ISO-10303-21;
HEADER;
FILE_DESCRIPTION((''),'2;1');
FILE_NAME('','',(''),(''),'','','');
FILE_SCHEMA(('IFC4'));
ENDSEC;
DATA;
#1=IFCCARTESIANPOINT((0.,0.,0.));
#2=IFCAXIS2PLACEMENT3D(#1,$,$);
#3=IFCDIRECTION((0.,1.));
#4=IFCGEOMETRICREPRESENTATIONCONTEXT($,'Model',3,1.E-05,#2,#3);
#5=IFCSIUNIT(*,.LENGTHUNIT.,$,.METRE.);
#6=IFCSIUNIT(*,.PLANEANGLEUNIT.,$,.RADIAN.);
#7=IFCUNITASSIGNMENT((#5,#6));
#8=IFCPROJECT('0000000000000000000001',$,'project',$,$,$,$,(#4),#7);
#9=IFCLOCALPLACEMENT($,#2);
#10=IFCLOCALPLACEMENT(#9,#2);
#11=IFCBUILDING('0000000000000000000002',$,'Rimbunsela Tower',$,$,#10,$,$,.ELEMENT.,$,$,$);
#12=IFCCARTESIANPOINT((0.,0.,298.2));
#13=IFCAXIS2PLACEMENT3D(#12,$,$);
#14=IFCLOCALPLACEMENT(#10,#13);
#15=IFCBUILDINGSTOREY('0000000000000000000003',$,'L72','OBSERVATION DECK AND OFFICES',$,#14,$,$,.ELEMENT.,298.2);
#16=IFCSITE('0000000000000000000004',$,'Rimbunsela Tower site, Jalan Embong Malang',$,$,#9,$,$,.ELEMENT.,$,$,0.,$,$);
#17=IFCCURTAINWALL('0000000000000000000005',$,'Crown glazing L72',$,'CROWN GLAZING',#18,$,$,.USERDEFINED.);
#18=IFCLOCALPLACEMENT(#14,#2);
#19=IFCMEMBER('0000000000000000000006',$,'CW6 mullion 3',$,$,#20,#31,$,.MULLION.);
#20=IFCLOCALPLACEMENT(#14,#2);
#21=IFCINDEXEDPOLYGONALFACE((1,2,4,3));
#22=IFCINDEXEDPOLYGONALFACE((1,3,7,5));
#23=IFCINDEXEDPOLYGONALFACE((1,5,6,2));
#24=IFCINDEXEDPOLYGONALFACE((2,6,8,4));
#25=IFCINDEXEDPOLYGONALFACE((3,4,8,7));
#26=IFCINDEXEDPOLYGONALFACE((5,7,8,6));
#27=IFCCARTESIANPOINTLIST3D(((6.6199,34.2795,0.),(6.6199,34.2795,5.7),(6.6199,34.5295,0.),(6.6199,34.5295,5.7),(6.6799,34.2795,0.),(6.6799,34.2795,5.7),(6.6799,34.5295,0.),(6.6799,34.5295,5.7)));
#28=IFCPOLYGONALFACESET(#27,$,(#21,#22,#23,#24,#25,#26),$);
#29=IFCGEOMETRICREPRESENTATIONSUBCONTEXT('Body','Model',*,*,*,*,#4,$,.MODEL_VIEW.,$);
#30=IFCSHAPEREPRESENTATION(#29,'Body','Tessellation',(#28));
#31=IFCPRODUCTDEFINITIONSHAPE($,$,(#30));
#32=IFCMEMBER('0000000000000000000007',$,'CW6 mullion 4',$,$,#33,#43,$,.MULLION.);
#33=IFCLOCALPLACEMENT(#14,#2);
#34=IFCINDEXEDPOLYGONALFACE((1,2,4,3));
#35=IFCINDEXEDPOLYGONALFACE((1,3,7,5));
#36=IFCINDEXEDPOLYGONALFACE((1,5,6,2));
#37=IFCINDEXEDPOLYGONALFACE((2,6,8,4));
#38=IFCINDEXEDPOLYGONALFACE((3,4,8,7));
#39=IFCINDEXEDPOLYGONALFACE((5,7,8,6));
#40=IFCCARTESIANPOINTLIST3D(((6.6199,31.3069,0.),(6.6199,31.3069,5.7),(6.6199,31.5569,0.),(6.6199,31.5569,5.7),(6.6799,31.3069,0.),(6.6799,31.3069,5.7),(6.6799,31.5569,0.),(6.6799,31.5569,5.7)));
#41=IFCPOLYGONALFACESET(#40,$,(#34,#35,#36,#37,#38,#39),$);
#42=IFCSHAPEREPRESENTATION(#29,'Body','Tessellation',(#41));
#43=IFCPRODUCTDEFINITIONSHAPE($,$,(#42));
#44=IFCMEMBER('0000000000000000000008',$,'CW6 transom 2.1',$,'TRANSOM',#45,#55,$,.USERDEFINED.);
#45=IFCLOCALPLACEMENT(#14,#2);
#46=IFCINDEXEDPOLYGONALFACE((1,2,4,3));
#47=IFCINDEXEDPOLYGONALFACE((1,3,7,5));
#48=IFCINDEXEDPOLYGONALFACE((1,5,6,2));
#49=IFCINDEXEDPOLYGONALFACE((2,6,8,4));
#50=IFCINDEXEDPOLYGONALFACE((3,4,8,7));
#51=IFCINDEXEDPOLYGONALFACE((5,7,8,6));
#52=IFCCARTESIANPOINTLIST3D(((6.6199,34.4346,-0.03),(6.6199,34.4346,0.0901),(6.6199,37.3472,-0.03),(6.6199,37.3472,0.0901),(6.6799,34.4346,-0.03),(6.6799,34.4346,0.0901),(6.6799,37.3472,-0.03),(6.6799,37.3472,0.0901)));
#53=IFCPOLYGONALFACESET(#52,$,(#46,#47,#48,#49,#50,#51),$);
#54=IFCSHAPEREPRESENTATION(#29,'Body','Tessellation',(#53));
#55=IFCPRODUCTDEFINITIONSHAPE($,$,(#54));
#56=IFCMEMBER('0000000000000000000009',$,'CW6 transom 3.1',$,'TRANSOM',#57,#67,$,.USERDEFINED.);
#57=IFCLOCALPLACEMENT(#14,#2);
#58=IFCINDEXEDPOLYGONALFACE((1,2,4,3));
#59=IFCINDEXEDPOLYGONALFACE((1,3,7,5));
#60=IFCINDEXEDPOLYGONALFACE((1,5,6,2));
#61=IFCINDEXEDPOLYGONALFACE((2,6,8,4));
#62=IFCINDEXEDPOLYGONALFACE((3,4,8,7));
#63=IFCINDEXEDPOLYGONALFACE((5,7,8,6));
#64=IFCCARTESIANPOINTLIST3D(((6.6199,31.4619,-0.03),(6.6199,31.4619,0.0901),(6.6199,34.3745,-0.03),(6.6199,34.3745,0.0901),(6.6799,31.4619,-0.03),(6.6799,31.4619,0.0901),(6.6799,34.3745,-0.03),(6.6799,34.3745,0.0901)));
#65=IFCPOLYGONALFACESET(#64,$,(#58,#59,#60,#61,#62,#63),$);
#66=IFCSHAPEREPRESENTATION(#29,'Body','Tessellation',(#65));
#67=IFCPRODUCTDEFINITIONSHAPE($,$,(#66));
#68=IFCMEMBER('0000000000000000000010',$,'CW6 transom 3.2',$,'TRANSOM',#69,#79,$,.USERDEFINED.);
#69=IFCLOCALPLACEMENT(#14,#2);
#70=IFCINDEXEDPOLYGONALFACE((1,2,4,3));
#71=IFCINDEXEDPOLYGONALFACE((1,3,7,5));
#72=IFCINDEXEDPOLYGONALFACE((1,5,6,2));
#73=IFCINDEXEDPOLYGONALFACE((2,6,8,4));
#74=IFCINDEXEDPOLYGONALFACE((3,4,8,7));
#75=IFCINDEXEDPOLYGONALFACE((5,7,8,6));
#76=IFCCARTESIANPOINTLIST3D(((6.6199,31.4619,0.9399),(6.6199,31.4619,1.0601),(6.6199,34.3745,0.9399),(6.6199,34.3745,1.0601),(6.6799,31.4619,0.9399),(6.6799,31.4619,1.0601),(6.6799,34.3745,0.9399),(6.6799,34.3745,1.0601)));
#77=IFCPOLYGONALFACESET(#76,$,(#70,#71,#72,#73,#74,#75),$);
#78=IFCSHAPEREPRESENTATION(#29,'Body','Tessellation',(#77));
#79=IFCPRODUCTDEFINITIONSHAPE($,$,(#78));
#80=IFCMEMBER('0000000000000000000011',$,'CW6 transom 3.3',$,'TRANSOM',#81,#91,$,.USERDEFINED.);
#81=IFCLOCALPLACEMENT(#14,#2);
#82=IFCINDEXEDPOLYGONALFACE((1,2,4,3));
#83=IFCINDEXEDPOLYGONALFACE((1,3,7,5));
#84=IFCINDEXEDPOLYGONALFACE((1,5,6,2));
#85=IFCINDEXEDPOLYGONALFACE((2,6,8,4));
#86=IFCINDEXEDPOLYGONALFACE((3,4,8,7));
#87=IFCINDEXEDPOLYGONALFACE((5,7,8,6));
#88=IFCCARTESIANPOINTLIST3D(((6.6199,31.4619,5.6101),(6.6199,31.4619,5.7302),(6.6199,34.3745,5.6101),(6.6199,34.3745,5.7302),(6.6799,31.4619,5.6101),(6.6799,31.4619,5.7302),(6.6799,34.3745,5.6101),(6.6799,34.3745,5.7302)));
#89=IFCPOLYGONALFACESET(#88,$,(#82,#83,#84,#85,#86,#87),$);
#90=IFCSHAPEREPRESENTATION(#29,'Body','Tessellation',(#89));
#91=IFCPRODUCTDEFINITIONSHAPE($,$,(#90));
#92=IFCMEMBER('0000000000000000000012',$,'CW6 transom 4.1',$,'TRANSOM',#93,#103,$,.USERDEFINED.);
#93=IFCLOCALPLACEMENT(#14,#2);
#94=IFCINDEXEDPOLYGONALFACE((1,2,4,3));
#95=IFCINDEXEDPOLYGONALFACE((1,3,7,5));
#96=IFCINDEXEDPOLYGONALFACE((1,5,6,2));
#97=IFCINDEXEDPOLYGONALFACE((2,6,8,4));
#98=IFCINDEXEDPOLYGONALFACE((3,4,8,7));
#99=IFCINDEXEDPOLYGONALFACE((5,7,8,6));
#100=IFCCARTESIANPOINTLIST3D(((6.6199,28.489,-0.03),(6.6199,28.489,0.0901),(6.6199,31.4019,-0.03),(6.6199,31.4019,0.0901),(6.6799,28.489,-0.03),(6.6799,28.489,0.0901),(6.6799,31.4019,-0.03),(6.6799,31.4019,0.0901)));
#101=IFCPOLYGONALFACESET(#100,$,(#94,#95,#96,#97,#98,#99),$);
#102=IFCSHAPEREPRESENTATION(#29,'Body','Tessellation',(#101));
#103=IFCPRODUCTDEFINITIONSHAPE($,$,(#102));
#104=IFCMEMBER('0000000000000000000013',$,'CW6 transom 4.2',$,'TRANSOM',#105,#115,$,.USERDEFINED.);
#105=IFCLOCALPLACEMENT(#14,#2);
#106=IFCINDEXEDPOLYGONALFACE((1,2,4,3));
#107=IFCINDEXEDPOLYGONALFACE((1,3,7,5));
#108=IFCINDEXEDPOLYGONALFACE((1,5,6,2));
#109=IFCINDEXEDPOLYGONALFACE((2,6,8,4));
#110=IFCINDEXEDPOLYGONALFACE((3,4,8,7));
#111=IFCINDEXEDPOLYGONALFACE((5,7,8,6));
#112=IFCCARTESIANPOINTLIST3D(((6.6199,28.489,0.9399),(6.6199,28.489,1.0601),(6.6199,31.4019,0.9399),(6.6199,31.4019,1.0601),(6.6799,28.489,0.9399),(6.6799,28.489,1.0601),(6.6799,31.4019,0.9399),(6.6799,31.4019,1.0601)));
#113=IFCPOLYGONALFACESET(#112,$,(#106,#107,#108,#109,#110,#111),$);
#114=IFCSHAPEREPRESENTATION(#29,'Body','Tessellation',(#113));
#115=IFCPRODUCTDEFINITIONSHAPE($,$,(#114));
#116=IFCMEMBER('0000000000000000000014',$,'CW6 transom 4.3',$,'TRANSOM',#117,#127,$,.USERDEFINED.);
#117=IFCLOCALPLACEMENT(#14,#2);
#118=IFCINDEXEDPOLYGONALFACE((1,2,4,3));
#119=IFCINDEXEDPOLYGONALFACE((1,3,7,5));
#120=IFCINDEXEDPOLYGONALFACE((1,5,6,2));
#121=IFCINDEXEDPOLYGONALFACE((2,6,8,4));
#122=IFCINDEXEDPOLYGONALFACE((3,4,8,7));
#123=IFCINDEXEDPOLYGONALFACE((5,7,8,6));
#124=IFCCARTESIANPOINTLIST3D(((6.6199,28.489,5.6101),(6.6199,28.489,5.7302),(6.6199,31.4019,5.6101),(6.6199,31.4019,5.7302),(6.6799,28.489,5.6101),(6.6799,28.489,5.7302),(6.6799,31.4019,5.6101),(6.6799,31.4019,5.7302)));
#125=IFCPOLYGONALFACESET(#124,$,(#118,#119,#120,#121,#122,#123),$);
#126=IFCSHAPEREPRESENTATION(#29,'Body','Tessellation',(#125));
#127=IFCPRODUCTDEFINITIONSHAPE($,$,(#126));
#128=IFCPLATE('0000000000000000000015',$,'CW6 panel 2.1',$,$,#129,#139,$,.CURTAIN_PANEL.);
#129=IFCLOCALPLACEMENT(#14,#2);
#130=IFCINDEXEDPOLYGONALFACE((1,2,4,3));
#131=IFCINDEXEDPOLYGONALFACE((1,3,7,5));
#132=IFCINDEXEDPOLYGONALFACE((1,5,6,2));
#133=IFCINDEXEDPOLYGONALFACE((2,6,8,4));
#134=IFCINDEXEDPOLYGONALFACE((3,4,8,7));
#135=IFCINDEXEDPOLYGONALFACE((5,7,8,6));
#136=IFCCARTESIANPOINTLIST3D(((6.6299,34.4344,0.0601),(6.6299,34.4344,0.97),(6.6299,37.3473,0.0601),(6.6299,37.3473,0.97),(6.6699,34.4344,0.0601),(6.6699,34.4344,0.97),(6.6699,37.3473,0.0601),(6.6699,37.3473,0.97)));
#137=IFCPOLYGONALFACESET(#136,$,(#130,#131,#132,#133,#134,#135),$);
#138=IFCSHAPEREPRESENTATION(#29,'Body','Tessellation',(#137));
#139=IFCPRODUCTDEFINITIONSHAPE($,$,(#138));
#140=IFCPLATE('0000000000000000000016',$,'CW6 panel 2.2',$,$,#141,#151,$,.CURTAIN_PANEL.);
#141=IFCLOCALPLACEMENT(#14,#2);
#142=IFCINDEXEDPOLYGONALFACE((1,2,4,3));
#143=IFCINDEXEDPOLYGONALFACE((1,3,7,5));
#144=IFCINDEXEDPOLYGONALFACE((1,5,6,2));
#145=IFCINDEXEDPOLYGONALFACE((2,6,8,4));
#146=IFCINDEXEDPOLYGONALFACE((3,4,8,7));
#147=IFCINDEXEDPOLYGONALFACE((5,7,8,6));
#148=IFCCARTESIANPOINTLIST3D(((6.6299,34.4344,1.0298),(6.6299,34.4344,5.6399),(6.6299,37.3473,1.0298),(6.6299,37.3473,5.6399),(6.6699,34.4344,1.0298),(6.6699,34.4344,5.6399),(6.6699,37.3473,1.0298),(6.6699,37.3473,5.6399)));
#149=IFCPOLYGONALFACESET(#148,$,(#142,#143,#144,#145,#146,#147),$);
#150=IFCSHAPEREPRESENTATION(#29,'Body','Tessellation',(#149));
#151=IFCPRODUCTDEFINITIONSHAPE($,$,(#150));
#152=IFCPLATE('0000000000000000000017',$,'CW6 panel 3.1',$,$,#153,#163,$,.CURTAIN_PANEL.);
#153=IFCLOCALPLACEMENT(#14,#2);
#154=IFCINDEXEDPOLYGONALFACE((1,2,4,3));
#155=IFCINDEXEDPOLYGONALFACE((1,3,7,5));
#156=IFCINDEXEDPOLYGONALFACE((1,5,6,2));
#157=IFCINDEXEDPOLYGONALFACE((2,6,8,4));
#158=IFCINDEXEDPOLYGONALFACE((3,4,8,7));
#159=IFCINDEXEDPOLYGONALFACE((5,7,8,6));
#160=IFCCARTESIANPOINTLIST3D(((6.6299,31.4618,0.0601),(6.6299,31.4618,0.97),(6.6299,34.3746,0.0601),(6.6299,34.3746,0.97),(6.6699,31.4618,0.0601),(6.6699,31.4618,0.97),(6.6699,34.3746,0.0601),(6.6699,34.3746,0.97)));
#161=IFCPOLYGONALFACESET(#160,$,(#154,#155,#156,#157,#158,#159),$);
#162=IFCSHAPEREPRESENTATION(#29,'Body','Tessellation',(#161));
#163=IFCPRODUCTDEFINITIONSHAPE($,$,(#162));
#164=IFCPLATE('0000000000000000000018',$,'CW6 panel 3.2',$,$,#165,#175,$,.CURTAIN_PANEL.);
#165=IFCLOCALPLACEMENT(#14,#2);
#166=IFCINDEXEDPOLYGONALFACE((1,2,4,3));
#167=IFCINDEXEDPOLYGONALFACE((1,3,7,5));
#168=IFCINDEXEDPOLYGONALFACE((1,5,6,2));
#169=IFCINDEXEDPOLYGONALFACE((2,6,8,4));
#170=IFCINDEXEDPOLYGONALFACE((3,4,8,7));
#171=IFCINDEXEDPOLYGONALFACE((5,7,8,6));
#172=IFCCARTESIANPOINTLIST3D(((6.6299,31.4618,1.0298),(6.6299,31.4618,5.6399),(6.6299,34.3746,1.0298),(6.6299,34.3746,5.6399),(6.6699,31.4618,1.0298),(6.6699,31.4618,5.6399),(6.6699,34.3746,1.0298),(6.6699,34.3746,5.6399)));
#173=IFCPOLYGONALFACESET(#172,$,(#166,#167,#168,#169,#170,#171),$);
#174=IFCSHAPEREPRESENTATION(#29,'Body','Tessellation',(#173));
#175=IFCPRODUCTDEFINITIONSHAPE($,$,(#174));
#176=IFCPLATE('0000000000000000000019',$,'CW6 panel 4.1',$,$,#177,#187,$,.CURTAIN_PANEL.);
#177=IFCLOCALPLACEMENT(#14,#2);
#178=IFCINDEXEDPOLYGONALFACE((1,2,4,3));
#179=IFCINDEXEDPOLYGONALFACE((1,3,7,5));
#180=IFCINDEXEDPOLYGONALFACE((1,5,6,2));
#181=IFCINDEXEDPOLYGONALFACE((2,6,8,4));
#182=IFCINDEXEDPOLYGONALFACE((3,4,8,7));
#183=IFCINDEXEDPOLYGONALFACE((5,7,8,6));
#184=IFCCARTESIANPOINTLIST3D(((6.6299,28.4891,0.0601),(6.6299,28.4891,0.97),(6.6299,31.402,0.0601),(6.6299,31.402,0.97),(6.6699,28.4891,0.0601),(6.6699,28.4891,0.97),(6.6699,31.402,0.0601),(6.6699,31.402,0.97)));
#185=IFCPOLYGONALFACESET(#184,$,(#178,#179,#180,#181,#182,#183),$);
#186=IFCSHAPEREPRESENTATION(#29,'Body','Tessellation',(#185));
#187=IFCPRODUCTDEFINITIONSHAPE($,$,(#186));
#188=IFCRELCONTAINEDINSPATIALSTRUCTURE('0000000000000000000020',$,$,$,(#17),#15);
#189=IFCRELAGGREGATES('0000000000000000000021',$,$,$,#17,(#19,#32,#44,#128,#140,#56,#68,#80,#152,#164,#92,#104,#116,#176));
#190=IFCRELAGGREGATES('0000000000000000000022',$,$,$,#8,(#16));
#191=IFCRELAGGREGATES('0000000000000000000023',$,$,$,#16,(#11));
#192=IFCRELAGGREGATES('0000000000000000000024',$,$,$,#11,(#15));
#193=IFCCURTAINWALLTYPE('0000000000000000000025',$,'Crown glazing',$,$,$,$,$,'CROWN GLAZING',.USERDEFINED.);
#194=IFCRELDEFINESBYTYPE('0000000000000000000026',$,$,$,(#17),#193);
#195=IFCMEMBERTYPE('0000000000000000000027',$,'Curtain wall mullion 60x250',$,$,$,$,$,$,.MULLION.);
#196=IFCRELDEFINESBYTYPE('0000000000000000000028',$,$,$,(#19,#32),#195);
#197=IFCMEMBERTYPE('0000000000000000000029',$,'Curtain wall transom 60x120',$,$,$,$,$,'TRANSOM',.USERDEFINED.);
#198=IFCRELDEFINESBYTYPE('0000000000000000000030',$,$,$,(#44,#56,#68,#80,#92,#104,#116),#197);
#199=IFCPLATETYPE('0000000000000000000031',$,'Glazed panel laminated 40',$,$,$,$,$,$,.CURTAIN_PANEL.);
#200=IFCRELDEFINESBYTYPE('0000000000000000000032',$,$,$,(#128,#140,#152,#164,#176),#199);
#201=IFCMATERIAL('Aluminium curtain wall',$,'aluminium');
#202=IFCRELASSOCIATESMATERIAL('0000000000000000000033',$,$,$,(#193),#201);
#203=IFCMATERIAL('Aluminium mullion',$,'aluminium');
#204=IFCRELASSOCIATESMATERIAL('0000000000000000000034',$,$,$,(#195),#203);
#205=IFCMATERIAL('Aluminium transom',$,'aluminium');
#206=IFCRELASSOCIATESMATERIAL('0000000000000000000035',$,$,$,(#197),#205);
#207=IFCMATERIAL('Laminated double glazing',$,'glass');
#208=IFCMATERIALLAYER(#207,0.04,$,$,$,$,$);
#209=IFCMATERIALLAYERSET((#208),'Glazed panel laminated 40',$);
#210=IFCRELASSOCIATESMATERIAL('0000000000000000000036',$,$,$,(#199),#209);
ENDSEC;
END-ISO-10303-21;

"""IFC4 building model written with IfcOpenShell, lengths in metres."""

from ifc_helpers import new_model, si_unit, direction, frame, origin, origin_2d, place, context, subcontext, project, spatial, rectangle, extrude, material, layer, layer_set, material_profile, profile_set, type_object, element, aggregate, save


model = new_model("IFC4")

# Units and contexts
model_context = context("Model", 3, precision=1e-05, world=origin(), true_north=direction((0.0, 1.0)))
body_context = subcontext(model_context, "Body", "Model", "MODEL_VIEW")
ifc_project = project(units=[si_unit("LENGTHUNIT", "METRE"), si_unit("PLANEANGLEUNIT", "RADIAN")], contexts=[model_context])

# Site, building, storey
site_placement = place(None, origin())
site = spatial("IfcSite", under=ifc_project, at=site_placement, Name="Rimbunsela Tower site, Jalan Embong Malang", CompositionType="ELEMENT", RefElevation=0.0)
building_placement = place(site_placement, origin())
building = spatial("IfcBuilding", under=site, at=building_placement, Name="Rimbunsela Tower", CompositionType="ELEMENT")
storey_placement = place(building_placement, frame((0.0, 0.0, 298.2)))
storey = spatial("IfcBuildingStorey", under=building, at=storey_placement, Name="L72", Description="OBSERVATION DECK AND OFFICES", CompositionType="ELEMENT", Elevation=298.2)

# Curtain wall, members, plates
ifc_material_1 = material(Name="Aluminium curtain wall", Category="aluminium")
curtain_wall_type = type_object("IfcCurtainWallType", Name="Crown glazing", ElementType="CROWN GLAZING", PredefinedType="USERDEFINED", material=ifc_material_1)
curtain_wall_placement = place(storey_placement, origin())
curtain_wall = element("IfcCurtainWall", 1, at=curtain_wall_placement, inside=storey, type_object=curtain_wall_type, Name="Crown glazing L72", ObjectType="CROWN GLAZING", PredefinedType="USERDEFINED")
ifc_material_2 = material(Name="Aluminium mullion", Category="aluminium")
ifc_material_profile_1 = material_profile(ifc_material_2, rectangle(XDim=0.0601, YDim=0.25, at=origin_2d()), Name="Mullion 60x250")
ifc_profile_set_1 = profile_set([ifc_material_profile_1], Name="Aluminium mullion")
member_type_1 = type_object("IfcMemberType", Name="Curtain wall mullion 60x250", PredefinedType="MULLION", material=ifc_profile_set_1)
member_1_placement = place(storey_placement, frame((6.6499, 34.4045, 0.0), z_axis=(0.0, 0.0, 1.0), x_axis=(1.0, 0.0, 0.0)))
member_1 = element("IfcMember", 2, at=member_1_placement, type_object=member_type_1, Name="CW6 mullion 3", PredefinedType="MULLION", context=body_context, shape_type="SweptSolid", body=[
    extrude(rectangle(XDim=0.0601, YDim=0.25, at=origin_2d()), origin(), (0.0, 0.0, 1.0), 5.7),
])
member_2_placement = place(storey_placement, frame((6.6499, 31.4319, 0.0), z_axis=(0.0, 0.0, 1.0), x_axis=(1.0, 0.0, 0.0)))
member_2 = element("IfcMember", 3, at=member_2_placement, type_object=member_type_1, Name="CW6 mullion 4", PredefinedType="MULLION", context=body_context, shape_type="SweptSolid", body=[
    extrude(rectangle(XDim=0.0601, YDim=0.25, at=origin_2d()), origin(), (0.0, 0.0, 1.0), 5.7),
])
ifc_material_3 = material(Name="Aluminium transom", Category="aluminium")
ifc_material_profile_2 = material_profile(ifc_material_3, rectangle(XDim=0.0601, YDim=0.1201, at=origin_2d()), Name="Transom 60x120")
ifc_profile_set_2 = profile_set([ifc_material_profile_2], Name="Aluminium transom")
member_type_2 = type_object("IfcMemberType", Name="Curtain wall transom 60x120", ElementType="TRANSOM", PredefinedType="USERDEFINED", material=ifc_profile_set_2)
member_3_placement = place(storey_placement, frame((6.6499, 37.3472, 0.03), z_axis=(0.0, -1.0, 0.0), x_axis=(1.0, 0.0, 0.0)))
member_3 = element("IfcMember", 4, at=member_3_placement, type_object=member_type_2, Name="CW6 transom 2.1", ObjectType="TRANSOM", PredefinedType="USERDEFINED", context=body_context, shape_type="SweptSolid", body=[
    extrude(rectangle(XDim=0.0601, YDim=0.1201, at=origin_2d()), origin(), (0.0, 0.0, 1.0), 2.9126),
])
member_4_placement = place(storey_placement, frame((6.6499, 34.3745, 0.03), z_axis=(0.0, -1.0, 0.0), x_axis=(1.0, 0.0, 0.0)))
member_4 = element("IfcMember", 5, at=member_4_placement, type_object=member_type_2, Name="CW6 transom 3.1", ObjectType="TRANSOM", PredefinedType="USERDEFINED", context=body_context, shape_type="SweptSolid", body=[
    extrude(rectangle(XDim=0.0601, YDim=0.1201, at=origin_2d()), origin(), (0.0, 0.0, 1.0), 2.9126),
])
member_5_placement = place(storey_placement, frame((6.6499, 34.3745, 1.0), z_axis=(0.0, -1.0, 0.0), x_axis=(1.0, 0.0, 0.0)))
member_5 = element("IfcMember", 6, at=member_5_placement, type_object=member_type_2, Name="CW6 transom 3.2", ObjectType="TRANSOM", PredefinedType="USERDEFINED", context=body_context, shape_type="SweptSolid", body=[
    extrude(rectangle(XDim=0.0601, YDim=0.1201, at=origin_2d()), origin(), (0.0, 0.0, 1.0), 2.9126),
])
member_6_placement = place(storey_placement, frame((6.6499, 34.3745, 5.6702), z_axis=(0.0, -1.0, 0.0), x_axis=(1.0, 0.0, 0.0)))
member_6 = element("IfcMember", 7, at=member_6_placement, type_object=member_type_2, Name="CW6 transom 3.3", ObjectType="TRANSOM", PredefinedType="USERDEFINED", context=body_context, shape_type="SweptSolid", body=[
    extrude(rectangle(XDim=0.0601, YDim=0.1201, at=origin_2d()), origin(), (0.0, 0.0, 1.0), 2.9126),
])
member_7_placement = place(storey_placement, frame((6.6499, 31.4019, 0.03), z_axis=(0.0, -1.0, 0.0), x_axis=(1.0, 0.0, 0.0)))
member_7 = element("IfcMember", 8, at=member_7_placement, type_object=member_type_2, Name="CW6 transom 4.1", ObjectType="TRANSOM", PredefinedType="USERDEFINED", context=body_context, shape_type="SweptSolid", body=[
    extrude(rectangle(XDim=0.0601, YDim=0.1201, at=origin_2d()), origin(), (0.0, 0.0, 1.0), 2.9128),
])
member_8_placement = place(storey_placement, frame((6.6499, 31.4019, 1.0), z_axis=(0.0, -1.0, 0.0), x_axis=(1.0, 0.0, 0.0)))
member_8 = element("IfcMember", 9, at=member_8_placement, type_object=member_type_2, Name="CW6 transom 4.2", ObjectType="TRANSOM", PredefinedType="USERDEFINED", context=body_context, shape_type="SweptSolid", body=[
    extrude(rectangle(XDim=0.0601, YDim=0.1201, at=origin_2d()), origin(), (0.0, 0.0, 1.0), 2.9128),
])
member_9_placement = place(storey_placement, frame((6.6499, 31.4019, 5.6702), z_axis=(0.0, -1.0, 0.0), x_axis=(1.0, 0.0, 0.0)))
member_9 = element("IfcMember", 10, at=member_9_placement, type_object=member_type_2, Name="CW6 transom 4.3", ObjectType="TRANSOM", PredefinedType="USERDEFINED", context=body_context, shape_type="SweptSolid", body=[
    extrude(rectangle(XDim=0.0601, YDim=0.1201, at=origin_2d()), origin(), (0.0, 0.0, 1.0), 2.9128),
])
ifc_material_4 = material(Name="Laminated double glazing", Category="glass")
ifc_layer = layer(ifc_material_4, 0.04)
ifc_layer_set = layer_set([ifc_layer], Name="Glazed panel laminated 40")
plate_type = type_object("IfcPlateType", Name="Glazed panel laminated 40", PredefinedType="CURTAIN_PANEL", material=ifc_layer_set)
plate_1_placement = place(storey_placement, frame((6.6499, 35.8909, 0.0601), z_axis=(0.0, 0.0, 1.0), x_axis=(0.0, -1.0, 0.0)))
plate_1 = element("IfcPlate", 11, at=plate_1_placement, type_object=plate_type, Name="CW6 panel 2.1", PredefinedType="CURTAIN_PANEL", context=body_context, shape_type="SweptSolid", body=[
    extrude(rectangle(XDim=2.9128, YDim=0.04, at=origin_2d()), origin(), (0.0, 0.0, 1.0), 0.9099),
])
plate_2_placement = place(storey_placement, frame((6.6499, 35.8909, 1.0298), z_axis=(0.0, 0.0, 1.0), x_axis=(0.0, -1.0, 0.0)))
plate_2 = element("IfcPlate", 12, at=plate_2_placement, type_object=plate_type, Name="CW6 panel 2.2", PredefinedType="CURTAIN_PANEL", context=body_context, shape_type="SweptSolid", body=[
    extrude(rectangle(XDim=2.9128, YDim=0.04, at=origin_2d()), origin(), (0.0, 0.0, 1.0), 4.6101),
])
plate_3_placement = place(storey_placement, frame((6.6499, 32.9182, 0.0601), z_axis=(0.0, 0.0, 1.0), x_axis=(0.0, -1.0, 0.0)))
plate_3 = element("IfcPlate", 13, at=plate_3_placement, type_object=plate_type, Name="CW6 panel 3.1", PredefinedType="CURTAIN_PANEL", context=body_context, shape_type="SweptSolid", body=[
    extrude(rectangle(XDim=2.9128, YDim=0.04, at=origin_2d()), origin(), (0.0, 0.0, 1.0), 0.9099),
])
plate_4_placement = place(storey_placement, frame((6.6499, 32.9182, 1.0298), z_axis=(0.0, 0.0, 1.0), x_axis=(0.0, -1.0, 0.0)))
plate_4 = element("IfcPlate", 14, at=plate_4_placement, type_object=plate_type, Name="CW6 panel 3.2", PredefinedType="CURTAIN_PANEL", context=body_context, shape_type="SweptSolid", body=[
    extrude(rectangle(XDim=2.9128, YDim=0.04, at=origin_2d()), origin(), (0.0, 0.0, 1.0), 4.6101),
])
plate_5_placement = place(storey_placement, frame((6.6499, 29.9456, 0.0601), z_axis=(0.0, 0.0, 1.0), x_axis=(0.0, -1.0, 0.0)))
plate_5 = element("IfcPlate", 15, at=plate_5_placement, type_object=plate_type, Name="CW6 panel 4.1", PredefinedType="CURTAIN_PANEL", context=body_context, shape_type="SweptSolid", body=[
    extrude(rectangle(XDim=2.9128, YDim=0.04, at=origin_2d()), origin(), (0.0, 0.0, 1.0), 0.9099),
])
aggregate(curtain_wall, [member_1, member_2, member_3, plate_1, plate_2, member_4, member_5, member_6, plate_3, plate_4, member_7, member_8, member_9, plate_5])

save(model, "model.ifc")
